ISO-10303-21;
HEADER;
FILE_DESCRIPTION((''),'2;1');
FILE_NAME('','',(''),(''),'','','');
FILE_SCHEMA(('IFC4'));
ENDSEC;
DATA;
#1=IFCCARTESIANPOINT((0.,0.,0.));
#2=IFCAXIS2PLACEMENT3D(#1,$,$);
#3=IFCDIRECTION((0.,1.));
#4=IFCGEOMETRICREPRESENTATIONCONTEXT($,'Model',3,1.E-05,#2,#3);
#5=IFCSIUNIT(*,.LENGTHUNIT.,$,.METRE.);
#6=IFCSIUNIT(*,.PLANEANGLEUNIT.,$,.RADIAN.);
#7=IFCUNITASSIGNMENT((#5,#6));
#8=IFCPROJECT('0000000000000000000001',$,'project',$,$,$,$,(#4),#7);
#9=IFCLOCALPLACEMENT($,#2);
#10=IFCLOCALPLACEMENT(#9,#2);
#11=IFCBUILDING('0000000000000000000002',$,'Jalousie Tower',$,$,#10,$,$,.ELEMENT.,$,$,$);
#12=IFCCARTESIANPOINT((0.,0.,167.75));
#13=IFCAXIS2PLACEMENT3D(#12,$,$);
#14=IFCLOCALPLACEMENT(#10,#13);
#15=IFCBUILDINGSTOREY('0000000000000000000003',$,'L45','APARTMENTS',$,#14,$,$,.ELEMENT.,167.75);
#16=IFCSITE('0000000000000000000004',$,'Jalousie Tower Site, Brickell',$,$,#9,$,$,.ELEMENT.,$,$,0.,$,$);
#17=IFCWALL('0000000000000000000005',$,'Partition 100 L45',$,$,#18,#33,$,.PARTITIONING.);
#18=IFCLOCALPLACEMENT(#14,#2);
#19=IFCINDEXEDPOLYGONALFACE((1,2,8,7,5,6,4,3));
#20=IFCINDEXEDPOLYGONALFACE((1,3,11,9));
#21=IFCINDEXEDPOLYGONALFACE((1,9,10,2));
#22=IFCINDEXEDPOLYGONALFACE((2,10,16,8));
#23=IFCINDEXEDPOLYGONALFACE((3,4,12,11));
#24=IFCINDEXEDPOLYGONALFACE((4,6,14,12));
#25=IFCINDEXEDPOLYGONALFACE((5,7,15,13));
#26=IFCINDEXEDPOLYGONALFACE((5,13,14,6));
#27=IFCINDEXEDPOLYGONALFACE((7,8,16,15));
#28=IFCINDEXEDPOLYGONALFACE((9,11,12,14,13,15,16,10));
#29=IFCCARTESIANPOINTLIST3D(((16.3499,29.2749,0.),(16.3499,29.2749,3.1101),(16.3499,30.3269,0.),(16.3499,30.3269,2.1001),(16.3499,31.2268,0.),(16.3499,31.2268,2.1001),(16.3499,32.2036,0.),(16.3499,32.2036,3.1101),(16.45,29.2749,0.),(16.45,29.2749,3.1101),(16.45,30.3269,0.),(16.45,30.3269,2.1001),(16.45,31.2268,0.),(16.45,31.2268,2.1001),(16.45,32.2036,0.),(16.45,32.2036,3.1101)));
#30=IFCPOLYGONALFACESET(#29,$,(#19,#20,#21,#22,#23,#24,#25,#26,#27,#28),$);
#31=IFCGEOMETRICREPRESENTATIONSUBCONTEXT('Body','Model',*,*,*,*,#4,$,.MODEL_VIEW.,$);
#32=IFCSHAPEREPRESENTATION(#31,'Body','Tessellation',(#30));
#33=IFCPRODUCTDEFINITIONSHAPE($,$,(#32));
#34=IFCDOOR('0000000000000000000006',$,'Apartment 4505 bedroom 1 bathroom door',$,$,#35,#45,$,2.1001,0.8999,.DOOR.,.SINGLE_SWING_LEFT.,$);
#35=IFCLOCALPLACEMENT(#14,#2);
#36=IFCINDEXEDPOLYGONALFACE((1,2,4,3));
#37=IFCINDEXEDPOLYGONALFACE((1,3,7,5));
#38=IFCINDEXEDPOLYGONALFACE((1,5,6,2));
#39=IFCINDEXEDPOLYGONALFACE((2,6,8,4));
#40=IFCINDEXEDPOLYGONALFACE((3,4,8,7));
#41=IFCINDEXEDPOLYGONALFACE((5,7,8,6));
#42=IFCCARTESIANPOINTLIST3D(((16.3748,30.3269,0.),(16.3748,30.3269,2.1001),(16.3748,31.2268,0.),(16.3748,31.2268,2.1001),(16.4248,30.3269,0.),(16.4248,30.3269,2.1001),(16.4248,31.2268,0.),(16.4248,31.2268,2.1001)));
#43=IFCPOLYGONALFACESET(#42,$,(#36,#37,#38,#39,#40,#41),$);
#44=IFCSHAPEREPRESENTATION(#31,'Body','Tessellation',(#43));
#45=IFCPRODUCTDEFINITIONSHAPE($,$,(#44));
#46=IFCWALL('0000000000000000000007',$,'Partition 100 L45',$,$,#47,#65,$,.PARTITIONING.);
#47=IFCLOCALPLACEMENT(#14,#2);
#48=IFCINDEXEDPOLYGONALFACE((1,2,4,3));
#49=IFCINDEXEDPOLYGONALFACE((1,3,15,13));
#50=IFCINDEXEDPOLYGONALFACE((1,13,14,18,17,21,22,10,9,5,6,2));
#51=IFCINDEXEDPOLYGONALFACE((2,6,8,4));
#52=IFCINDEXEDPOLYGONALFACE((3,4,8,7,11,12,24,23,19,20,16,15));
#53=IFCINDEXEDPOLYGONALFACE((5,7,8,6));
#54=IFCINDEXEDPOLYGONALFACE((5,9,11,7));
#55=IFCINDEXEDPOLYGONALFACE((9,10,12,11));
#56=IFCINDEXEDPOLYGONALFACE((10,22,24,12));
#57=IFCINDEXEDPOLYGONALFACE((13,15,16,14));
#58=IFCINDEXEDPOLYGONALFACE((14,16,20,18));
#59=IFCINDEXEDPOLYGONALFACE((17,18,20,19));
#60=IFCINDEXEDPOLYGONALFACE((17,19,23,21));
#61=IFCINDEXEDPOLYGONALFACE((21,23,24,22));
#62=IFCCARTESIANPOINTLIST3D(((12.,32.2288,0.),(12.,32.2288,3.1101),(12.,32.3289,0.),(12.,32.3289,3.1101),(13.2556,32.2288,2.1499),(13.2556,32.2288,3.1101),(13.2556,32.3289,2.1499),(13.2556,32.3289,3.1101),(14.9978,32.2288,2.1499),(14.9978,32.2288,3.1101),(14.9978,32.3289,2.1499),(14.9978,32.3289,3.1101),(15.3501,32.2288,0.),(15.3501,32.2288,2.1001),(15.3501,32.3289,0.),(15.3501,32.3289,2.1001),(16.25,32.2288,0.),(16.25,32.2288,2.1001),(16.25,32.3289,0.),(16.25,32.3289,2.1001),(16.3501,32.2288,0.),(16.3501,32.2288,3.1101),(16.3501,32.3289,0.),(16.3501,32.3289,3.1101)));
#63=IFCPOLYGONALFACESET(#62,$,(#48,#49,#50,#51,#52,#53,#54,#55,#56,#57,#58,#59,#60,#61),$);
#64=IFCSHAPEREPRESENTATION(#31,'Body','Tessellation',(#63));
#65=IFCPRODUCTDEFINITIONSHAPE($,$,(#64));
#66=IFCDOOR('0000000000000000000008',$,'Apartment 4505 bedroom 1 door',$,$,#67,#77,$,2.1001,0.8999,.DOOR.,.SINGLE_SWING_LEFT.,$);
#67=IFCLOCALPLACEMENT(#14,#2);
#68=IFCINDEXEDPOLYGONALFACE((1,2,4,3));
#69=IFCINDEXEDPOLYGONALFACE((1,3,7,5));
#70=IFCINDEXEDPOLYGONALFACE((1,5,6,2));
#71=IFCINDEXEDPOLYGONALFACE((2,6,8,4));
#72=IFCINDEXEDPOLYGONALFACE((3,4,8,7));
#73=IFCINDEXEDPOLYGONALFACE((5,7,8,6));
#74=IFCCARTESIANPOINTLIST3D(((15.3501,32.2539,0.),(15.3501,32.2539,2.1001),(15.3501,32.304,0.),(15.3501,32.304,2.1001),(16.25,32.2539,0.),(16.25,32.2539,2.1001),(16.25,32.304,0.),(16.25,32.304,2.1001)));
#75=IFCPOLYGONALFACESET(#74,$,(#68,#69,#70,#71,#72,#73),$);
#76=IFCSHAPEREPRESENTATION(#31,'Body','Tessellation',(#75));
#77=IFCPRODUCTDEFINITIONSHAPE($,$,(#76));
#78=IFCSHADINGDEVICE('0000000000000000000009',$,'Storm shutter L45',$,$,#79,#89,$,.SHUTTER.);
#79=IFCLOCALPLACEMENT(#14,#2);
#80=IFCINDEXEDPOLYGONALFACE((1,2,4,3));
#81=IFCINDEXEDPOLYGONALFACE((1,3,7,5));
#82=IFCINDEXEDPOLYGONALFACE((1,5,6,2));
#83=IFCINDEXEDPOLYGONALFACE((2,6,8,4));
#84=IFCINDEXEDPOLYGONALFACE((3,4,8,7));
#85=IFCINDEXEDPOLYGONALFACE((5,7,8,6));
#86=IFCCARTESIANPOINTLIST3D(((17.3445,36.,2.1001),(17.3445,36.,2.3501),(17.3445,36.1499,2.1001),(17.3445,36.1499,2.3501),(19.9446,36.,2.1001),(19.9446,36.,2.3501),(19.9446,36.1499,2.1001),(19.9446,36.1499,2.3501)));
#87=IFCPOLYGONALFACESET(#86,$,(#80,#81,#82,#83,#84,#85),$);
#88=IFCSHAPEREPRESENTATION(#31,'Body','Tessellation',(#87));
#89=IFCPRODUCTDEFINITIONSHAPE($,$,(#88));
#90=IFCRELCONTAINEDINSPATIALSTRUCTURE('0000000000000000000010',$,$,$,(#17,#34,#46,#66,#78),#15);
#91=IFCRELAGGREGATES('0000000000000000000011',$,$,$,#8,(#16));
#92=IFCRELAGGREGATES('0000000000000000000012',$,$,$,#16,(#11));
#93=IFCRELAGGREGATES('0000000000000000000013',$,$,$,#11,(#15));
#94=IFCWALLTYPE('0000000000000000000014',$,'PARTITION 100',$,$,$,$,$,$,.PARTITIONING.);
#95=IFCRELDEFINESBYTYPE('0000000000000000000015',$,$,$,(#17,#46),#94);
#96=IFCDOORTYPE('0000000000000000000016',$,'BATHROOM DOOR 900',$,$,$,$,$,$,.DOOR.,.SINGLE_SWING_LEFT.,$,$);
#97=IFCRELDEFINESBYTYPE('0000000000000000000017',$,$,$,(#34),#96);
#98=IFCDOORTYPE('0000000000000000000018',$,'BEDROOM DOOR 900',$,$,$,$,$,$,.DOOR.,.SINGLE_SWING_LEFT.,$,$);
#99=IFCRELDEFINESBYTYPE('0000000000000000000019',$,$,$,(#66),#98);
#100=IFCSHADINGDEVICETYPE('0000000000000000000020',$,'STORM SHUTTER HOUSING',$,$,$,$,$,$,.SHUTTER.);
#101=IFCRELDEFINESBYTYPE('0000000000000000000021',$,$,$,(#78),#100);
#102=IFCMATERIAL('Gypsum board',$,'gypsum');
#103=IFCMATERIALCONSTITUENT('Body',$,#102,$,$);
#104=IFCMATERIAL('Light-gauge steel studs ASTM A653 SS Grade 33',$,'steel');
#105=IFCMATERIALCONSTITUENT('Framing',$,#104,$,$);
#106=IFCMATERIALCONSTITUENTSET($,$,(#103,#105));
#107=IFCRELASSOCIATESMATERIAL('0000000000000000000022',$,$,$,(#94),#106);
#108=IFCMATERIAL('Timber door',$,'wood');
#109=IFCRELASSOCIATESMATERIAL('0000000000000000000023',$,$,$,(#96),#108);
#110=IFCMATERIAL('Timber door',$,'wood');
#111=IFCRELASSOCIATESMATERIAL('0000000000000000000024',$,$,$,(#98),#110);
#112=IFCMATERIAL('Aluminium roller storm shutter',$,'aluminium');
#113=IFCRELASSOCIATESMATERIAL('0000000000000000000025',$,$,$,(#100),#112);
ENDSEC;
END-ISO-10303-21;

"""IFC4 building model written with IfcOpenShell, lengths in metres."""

from ifc_helpers import new_model, si_unit, direction, frame, frame_2d, origin, origin_2d, place, context, subcontext, project, spatial, polyline, rectangle, outline, extrude, material, constituent, constituent_set, type_object, element, fill, save


model = new_model("IFC4")

# Units and contexts
model_context = context("Model", 3, precision=1e-05, world=origin(), true_north=direction((0.0, 1.0)))
body_context = subcontext(model_context, "Body", "Model", "MODEL_VIEW")
ifc_project = project(units=[si_unit("LENGTHUNIT", "METRE"), si_unit("PLANEANGLEUNIT", "RADIAN")], contexts=[model_context])

# Site, building, storey
site_placement = place(None, origin())
site = spatial("IfcSite", under=ifc_project, at=site_placement, Name="Jalousie Tower Site, Brickell", CompositionType="ELEMENT", RefElevation=0.0)
building_placement = place(site_placement, origin())
building = spatial("IfcBuilding", under=site, at=building_placement, Name="Jalousie Tower", CompositionType="ELEMENT")
storey_placement = place(building_placement, frame((0.0, 0.0, 167.75)))
storey = spatial("IfcBuildingStorey", under=building, at=storey_placement, Name="L45", Description="APARTMENTS", CompositionType="ELEMENT", Elevation=167.75)

# Walls, openings, doors
ifc_material_1 = material(Name="Gypsum board", Category="gypsum")
ifc_constituent_1 = constituent(ifc_material_1, Name="Body")
ifc_material_2 = material(Name="Light-gauge steel studs ASTM A653 SS Grade 33", Category="steel")
ifc_constituent_2 = constituent(ifc_material_2, Name="Framing")
ifc_constituent_set_1 = constituent_set(constituents=[ifc_constituent_1, ifc_constituent_2])
wall_type_1 = type_object("IfcWallType", Name="PARTITION 100", PredefinedType="PARTITIONING", material=ifc_constituent_set_1)
wall_1_placement = place(storey_placement, frame((16.3999, 32.2036, 0.0), z_axis=(0.0, 0.0, 1.0), x_axis=(0.0, -1.0, 0.0)))
wall_1 = element("IfcWall", 1, at=wall_1_placement, inside=storey, type_object=wall_type_1, Name="Partition 100 L45", PredefinedType="PARTITIONING", context=body_context, shape_type="SweptSolid", body=[
    extrude(rectangle(XDim=2.9287, YDim=0.1001, at=frame_2d((1.4644, 0.0))), origin(), (0.0, 0.0, 1.0), 3.1101),
])
opening_1_placement = place(wall_1_placement, frame((0.9768, 0.0, 0.0)))
opening_1 = element("IfcOpeningElement", 2, at=opening_1_placement, cuts=wall_1, PredefinedType="OPENING", context=body_context, shape_type="SweptSolid", body=[
    extrude(rectangle(XDim=0.8999, YDim=2.1001, at=frame_2d((0.45, 1.05))), frame((0.0, 0.0601, 0.0), z_axis=(0.0, -1.0, 0.0), x_axis=(1.0, 0.0, 0.0)), (0.0, 0.0, 1.0), 0.1201),
])
ifc_material_3 = material(Name="Timber door", Category="wood")
door_type_1 = type_object("IfcDoorType", Name="BATHROOM DOOR 900", OperationType="SINGLE_SWING_LEFT", PredefinedType="DOOR", material=ifc_material_3)
door_1_placement = place(opening_1_placement, origin())
door_1 = element("IfcDoor", 3, at=door_1_placement, inside=storey, type_object=door_type_1, Name="Apartment 4505 bedroom 1 bathroom door", OperationType="SINGLE_SWING_LEFT", OverallHeight=2.1001, OverallWidth=0.8999, PredefinedType="DOOR", context=body_context, shape_type="SweptSolid", body=[
    extrude(rectangle(XDim=0.8999, YDim=2.1001, at=frame_2d((0.45, 1.05))), frame((0.0, 0.0249, 0.0), z_axis=(0.0, -1.0, 0.0), x_axis=(1.0, 0.0, 0.0)), (0.0, 0.0, 1.0), 0.05),
])
fill(opening_1, door_1)
wall_2_placement = place(storey_placement, frame((16.3501, 32.2788, 0.0), z_axis=(0.0, 0.0, 1.0), x_axis=(-1.0, 0.0, 0.0)))
wall_2 = element("IfcWall", 4, at=wall_2_placement, inside=storey, type_object=wall_type_1, Name="Partition 100 L45", PredefinedType="PARTITIONING", context=body_context, shape_type="SweptSolid", body=[
    extrude(outline(polyline([(0.0, 0.0), (4.3501, 0.0), (4.3501, 3.1101), (3.0945, 3.1101), (3.0945, 2.1499), (1.3523, 2.1499), (1.3523, 3.1101), (0.0, 3.1101), (0.0, 0.0)])), frame((0.0, 0.05, 0.0), z_axis=(0.0, -1.0, 0.0), x_axis=(1.0, 0.0, 0.0)), (0.0, 0.0, 1.0), 0.1001),
])
opening_2_placement = place(wall_2_placement, frame((0.1001, 0.0, 0.0)))
opening_2 = element("IfcOpeningElement", 5, at=opening_2_placement, cuts=wall_2, PredefinedType="OPENING", context=body_context, shape_type="SweptSolid", body=[
    extrude(rectangle(XDim=0.8999, YDim=2.1001, at=frame_2d((0.45, 1.05))), frame((0.0, 0.0601, 0.0), z_axis=(0.0, -1.0, 0.0), x_axis=(1.0, 0.0, 0.0)), (0.0, 0.0, 1.0), 0.1201),
])
ifc_material_4 = material(Name="Timber door", Category="wood")
door_type_2 = type_object("IfcDoorType", Name="BEDROOM DOOR 900", OperationType="SINGLE_SWING_LEFT", PredefinedType="DOOR", material=ifc_material_4)
door_2_placement = place(opening_2_placement, origin())
door_2 = element("IfcDoor", 6, at=door_2_placement, inside=storey, type_object=door_type_2, Name="Apartment 4505 bedroom 1 door", OperationType="SINGLE_SWING_LEFT", OverallHeight=2.1001, OverallWidth=0.8999, PredefinedType="DOOR", context=body_context, shape_type="SweptSolid", body=[
    extrude(rectangle(XDim=0.8999, YDim=2.1001, at=frame_2d((0.45, 1.05))), frame((0.0, 0.0249, 0.0), z_axis=(0.0, -1.0, 0.0), x_axis=(1.0, 0.0, 0.0)), (0.0, 0.0, 1.0), 0.05),
])
fill(opening_2, door_2)

# Shading device
ifc_material_5 = material(Name="Aluminium roller storm shutter", Category="aluminium")
shading_device_type = type_object("IfcShadingDeviceType", Name="STORM SHUTTER HOUSING", PredefinedType="SHUTTER", material=ifc_material_5)
shading_device_placement = place(storey_placement, frame((18.6445, 36.075, 2.1001), z_axis=(0.0, 0.0, 1.0), x_axis=(-1.0, 0.0, 0.0)))
element("IfcShadingDevice", 7, at=shading_device_placement, inside=storey, type_object=shading_device_type, Name="Storm shutter L45", PredefinedType="SHUTTER", context=body_context, shape_type="SweptSolid", body=[
    extrude(rectangle(XDim=2.6001, YDim=0.1499, at=origin_2d()), origin(), (0.0, 0.0, 1.0), 0.25),
])

save(model, "model.ifc")
